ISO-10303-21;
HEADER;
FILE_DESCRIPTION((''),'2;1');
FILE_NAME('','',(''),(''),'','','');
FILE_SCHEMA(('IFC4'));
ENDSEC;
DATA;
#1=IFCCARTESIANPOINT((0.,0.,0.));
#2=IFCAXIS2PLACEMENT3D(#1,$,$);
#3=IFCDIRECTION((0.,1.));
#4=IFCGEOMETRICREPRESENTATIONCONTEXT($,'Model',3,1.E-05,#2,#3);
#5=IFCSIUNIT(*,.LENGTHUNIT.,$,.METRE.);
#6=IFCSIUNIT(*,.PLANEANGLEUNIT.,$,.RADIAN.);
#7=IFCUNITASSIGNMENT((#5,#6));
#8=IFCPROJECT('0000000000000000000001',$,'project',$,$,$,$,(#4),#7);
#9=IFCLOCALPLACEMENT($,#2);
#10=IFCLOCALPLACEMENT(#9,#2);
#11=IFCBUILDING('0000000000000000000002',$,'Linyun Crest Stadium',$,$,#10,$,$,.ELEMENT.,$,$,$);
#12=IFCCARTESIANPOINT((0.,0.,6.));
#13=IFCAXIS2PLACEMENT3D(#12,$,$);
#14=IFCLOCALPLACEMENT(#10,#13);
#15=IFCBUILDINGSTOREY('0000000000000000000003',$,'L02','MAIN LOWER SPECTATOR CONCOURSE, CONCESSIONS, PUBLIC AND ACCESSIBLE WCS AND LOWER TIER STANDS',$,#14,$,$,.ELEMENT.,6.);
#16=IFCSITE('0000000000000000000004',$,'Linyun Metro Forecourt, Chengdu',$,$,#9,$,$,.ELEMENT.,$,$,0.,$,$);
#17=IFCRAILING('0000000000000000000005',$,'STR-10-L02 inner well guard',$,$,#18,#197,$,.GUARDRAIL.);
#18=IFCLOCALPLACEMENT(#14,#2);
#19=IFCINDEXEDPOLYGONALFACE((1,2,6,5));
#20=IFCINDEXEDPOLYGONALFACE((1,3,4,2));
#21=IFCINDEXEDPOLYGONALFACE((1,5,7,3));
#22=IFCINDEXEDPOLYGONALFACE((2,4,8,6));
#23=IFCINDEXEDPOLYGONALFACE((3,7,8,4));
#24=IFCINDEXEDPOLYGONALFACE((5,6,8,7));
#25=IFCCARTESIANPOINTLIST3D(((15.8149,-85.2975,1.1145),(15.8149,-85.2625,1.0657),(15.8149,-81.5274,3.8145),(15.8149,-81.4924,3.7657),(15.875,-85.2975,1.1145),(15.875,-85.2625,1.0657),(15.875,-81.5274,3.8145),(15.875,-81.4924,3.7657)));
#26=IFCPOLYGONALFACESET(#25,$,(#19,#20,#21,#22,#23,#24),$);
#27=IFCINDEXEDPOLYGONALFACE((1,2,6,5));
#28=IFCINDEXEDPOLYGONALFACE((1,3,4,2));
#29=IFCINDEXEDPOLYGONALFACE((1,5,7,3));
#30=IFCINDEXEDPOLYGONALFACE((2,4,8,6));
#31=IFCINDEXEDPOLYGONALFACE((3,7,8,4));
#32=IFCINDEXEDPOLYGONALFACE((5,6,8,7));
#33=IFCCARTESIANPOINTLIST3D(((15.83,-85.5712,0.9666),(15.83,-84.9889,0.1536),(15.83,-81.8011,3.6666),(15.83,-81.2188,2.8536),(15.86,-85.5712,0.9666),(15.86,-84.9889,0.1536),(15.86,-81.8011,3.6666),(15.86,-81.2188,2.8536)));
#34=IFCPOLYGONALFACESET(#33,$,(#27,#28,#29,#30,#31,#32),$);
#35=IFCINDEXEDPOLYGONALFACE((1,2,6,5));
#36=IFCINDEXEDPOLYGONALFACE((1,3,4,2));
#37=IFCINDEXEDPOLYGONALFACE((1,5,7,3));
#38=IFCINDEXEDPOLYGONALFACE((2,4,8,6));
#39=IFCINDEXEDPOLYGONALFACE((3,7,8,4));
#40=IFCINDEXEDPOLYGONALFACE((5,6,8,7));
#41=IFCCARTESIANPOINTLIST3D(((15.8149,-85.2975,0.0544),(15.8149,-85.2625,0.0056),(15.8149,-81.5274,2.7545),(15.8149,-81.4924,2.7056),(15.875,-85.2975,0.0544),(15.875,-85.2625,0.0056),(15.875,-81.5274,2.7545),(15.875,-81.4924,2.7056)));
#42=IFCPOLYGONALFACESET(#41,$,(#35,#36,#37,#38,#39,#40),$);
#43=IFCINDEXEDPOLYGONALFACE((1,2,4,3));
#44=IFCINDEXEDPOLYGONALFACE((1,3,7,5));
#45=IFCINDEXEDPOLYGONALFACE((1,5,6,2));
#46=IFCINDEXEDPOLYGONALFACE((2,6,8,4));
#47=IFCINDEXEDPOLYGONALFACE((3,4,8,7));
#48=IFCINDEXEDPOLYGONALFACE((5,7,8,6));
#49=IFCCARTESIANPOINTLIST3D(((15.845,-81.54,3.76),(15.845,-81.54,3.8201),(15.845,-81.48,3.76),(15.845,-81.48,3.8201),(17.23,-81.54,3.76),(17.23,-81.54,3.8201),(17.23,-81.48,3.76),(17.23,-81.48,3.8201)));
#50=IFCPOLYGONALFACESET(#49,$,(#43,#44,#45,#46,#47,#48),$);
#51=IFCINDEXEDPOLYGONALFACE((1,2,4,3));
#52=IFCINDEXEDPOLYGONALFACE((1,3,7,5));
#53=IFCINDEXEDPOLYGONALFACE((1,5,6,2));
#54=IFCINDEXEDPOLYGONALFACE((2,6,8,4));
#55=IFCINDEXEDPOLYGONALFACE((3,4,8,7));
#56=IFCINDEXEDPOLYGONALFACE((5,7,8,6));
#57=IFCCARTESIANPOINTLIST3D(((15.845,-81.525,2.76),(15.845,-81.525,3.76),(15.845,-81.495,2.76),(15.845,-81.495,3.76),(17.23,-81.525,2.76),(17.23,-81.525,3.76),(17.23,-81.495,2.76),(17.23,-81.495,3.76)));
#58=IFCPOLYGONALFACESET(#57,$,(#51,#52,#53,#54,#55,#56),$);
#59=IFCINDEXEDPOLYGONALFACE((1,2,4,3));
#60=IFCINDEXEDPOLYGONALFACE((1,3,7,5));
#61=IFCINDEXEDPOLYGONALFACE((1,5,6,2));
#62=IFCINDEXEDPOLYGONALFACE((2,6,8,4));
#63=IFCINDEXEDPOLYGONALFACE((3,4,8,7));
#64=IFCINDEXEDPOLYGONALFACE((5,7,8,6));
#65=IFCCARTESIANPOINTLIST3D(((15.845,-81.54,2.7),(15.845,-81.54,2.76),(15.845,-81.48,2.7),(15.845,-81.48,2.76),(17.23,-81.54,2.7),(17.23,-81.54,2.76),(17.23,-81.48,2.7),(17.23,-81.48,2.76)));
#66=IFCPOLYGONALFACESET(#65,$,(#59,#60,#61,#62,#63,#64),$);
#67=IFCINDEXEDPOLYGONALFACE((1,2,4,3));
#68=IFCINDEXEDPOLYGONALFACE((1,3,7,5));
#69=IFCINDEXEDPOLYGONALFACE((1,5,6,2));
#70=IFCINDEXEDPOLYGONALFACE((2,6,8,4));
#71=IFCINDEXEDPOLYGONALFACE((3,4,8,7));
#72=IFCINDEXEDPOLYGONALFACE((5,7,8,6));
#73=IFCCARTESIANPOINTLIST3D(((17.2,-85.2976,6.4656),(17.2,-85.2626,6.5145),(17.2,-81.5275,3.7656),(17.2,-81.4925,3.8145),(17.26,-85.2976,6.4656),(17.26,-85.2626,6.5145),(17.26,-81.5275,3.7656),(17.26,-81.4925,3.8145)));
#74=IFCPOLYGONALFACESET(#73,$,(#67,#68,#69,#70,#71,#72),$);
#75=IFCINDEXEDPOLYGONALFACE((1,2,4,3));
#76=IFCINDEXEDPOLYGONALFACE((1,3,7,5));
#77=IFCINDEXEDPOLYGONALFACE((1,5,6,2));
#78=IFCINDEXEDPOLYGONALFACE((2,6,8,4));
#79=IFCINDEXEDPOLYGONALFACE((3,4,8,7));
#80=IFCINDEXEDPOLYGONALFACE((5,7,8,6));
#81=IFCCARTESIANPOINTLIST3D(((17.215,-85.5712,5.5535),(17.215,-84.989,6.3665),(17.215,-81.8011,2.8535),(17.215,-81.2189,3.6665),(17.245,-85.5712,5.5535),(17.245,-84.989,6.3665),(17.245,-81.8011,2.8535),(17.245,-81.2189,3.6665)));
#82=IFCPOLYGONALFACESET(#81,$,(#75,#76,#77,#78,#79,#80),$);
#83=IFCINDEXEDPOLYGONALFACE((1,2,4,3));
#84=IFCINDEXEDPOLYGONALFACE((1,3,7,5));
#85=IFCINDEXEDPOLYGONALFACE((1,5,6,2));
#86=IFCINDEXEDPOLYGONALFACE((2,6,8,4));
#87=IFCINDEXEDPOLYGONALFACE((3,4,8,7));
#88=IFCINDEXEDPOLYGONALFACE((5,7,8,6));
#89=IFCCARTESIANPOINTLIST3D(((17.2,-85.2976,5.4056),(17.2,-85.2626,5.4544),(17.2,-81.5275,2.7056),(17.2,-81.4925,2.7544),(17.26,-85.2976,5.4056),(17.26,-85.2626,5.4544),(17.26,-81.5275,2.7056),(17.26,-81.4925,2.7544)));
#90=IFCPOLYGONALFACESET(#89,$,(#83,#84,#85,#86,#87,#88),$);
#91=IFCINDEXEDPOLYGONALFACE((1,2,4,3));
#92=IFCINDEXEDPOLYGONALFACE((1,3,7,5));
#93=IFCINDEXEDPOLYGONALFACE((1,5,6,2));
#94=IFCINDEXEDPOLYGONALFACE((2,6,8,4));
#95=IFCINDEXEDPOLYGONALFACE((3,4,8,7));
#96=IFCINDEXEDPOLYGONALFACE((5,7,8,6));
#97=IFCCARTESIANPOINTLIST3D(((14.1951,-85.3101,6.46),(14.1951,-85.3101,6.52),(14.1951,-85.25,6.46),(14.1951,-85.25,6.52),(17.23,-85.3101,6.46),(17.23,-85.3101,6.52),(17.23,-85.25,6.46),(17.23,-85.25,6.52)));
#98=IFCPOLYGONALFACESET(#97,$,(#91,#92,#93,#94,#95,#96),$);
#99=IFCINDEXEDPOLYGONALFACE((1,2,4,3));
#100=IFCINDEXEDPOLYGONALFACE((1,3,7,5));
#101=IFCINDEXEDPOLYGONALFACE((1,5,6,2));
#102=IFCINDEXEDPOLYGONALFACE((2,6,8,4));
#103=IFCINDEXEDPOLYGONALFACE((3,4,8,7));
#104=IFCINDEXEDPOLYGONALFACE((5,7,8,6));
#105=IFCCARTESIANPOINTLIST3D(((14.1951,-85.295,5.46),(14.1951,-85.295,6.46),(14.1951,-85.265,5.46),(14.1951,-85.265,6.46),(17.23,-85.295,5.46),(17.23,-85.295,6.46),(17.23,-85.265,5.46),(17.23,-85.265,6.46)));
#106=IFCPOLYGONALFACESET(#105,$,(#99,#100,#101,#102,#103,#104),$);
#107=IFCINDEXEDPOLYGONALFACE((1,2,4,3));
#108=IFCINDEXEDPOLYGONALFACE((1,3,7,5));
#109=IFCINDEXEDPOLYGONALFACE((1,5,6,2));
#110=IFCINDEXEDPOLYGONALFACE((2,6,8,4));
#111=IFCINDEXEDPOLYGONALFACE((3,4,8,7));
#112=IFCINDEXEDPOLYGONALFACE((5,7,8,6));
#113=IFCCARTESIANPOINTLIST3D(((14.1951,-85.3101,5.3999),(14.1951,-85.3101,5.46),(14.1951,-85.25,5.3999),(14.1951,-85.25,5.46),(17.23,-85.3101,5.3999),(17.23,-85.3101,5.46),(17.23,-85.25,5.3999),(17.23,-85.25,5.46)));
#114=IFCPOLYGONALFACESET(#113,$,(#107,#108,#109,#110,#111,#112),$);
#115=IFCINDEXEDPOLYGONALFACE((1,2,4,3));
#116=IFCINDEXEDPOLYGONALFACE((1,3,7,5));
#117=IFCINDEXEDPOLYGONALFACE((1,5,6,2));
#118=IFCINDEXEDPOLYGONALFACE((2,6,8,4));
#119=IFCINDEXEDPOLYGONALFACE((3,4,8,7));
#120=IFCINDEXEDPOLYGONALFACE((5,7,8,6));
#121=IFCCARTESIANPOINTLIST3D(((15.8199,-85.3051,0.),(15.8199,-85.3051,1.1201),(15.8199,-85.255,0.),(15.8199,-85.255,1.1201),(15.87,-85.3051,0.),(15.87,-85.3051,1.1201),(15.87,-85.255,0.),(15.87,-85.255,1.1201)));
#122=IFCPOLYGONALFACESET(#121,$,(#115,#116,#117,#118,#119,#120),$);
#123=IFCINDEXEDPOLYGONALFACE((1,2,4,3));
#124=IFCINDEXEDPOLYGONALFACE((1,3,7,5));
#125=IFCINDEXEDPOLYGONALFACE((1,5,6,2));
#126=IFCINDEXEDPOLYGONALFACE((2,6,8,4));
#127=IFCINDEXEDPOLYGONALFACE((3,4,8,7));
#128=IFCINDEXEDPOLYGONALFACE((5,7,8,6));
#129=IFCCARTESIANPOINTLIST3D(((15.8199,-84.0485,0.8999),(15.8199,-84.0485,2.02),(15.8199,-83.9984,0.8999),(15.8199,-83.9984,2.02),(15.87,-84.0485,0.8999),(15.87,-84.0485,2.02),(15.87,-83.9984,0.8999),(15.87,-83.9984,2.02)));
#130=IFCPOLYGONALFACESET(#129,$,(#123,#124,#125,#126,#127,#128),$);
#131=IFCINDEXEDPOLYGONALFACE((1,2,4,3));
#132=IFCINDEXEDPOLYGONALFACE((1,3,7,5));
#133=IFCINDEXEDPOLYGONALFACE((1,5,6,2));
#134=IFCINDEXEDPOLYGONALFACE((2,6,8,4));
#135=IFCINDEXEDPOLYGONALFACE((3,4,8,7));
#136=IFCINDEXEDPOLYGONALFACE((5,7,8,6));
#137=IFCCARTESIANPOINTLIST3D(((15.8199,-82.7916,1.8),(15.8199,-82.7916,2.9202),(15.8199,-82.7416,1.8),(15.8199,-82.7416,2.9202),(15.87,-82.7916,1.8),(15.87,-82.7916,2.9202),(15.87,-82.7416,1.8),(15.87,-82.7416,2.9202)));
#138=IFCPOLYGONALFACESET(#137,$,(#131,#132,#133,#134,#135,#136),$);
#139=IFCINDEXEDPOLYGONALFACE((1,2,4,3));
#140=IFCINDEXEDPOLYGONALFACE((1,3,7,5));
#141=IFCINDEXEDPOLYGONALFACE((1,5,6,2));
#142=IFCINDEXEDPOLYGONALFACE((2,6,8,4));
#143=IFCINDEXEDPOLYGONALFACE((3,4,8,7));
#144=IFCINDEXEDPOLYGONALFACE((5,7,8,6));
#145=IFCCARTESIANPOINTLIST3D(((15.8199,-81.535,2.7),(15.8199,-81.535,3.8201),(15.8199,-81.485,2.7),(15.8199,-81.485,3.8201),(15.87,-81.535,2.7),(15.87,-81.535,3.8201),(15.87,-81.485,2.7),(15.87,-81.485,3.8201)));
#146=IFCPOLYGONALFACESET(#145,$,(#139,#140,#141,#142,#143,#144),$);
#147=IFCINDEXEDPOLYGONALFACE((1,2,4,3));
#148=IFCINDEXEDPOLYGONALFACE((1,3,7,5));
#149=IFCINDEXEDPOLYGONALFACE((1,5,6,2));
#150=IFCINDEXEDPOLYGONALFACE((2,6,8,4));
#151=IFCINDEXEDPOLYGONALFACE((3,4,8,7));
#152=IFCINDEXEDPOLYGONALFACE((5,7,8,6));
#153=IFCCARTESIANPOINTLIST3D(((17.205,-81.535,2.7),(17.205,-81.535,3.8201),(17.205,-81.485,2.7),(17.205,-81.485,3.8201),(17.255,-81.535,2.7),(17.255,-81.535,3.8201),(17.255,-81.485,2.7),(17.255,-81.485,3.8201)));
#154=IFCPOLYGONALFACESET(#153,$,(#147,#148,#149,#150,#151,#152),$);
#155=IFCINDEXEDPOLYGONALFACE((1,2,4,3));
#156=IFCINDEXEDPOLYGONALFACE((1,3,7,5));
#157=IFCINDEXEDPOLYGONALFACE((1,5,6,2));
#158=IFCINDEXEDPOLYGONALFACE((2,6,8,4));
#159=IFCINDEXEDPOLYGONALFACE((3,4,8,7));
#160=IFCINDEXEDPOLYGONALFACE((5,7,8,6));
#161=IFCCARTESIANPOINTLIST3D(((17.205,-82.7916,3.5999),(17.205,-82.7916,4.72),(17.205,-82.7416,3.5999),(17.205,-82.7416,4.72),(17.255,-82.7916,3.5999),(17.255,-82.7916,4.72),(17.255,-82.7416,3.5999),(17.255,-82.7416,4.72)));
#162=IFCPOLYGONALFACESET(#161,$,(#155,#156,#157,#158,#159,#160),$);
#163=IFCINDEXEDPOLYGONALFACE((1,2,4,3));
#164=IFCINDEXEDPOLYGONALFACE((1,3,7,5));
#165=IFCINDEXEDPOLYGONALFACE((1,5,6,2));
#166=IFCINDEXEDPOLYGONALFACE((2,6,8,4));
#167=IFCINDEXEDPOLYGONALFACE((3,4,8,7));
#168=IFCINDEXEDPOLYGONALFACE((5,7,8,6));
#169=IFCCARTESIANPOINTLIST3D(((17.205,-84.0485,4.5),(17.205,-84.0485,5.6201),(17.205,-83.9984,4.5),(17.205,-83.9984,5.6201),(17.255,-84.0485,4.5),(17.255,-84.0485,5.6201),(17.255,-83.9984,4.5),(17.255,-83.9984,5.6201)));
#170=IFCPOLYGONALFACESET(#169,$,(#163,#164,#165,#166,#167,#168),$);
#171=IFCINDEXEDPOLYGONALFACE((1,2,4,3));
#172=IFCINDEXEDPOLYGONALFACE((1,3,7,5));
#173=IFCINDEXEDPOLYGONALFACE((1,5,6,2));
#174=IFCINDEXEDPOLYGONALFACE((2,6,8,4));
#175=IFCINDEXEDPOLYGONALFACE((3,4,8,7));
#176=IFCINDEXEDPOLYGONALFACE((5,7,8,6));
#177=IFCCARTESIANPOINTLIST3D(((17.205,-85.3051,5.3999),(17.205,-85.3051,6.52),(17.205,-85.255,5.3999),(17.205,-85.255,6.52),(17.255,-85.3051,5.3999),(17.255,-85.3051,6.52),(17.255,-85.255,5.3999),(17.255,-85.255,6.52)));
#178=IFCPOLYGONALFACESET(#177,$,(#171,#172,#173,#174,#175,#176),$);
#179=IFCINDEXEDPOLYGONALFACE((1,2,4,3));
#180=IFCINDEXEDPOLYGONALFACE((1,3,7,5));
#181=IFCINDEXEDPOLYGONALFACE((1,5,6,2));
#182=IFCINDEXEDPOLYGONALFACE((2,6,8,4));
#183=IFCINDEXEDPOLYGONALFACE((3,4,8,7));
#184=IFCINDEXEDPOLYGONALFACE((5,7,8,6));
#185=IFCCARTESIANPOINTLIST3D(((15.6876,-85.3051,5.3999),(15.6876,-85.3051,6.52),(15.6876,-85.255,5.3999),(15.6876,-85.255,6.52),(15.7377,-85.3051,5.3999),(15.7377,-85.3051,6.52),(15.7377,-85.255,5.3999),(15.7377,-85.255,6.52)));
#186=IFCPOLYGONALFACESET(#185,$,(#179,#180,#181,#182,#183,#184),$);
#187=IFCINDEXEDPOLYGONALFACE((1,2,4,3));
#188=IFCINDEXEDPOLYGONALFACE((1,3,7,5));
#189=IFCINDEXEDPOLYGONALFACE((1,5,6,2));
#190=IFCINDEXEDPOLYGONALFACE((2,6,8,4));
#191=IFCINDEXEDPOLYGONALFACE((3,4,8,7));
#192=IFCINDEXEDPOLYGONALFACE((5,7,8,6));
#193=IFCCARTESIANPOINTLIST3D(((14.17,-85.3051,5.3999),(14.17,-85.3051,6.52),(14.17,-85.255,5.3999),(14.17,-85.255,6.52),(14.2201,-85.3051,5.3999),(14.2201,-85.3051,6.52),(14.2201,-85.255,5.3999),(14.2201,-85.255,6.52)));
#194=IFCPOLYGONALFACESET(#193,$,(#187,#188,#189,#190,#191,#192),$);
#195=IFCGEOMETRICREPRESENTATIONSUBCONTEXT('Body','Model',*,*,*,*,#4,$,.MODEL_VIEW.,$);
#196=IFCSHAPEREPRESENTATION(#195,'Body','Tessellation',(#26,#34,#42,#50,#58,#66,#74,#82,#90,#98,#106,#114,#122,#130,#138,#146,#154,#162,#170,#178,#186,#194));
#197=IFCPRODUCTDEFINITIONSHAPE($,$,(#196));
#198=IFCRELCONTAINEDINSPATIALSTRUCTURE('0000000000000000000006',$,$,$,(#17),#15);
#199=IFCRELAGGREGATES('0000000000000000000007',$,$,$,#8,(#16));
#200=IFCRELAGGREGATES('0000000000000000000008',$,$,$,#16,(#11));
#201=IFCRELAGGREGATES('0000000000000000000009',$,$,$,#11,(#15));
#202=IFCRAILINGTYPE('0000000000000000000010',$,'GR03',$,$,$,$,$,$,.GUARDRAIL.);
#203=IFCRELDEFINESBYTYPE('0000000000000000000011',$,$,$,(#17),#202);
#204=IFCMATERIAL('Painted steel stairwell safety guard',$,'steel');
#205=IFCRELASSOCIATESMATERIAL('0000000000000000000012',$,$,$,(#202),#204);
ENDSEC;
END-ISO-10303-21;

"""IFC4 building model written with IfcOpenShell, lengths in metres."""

from ifc_helpers import new_model, si_unit, direction, frame, origin, origin_2d, place, context, subcontext, project, spatial, rectangle, extrude, material, type_object, element, save


model = new_model("IFC4")

# Units and contexts
model_context = context("Model", 3, precision=1e-05, world=origin(), true_north=direction((0.0, 1.0)))
body_context = subcontext(model_context, "Body", "Model", "MODEL_VIEW")
ifc_project = project(units=[si_unit("LENGTHUNIT", "METRE"), si_unit("PLANEANGLEUNIT", "RADIAN")], contexts=[model_context])

# Site, building, storey
site_placement = place(None, origin())
site = spatial("IfcSite", under=ifc_project, at=site_placement, Name="Linyun Metro Forecourt, Chengdu", CompositionType="ELEMENT", RefElevation=0.0)
building_placement = place(site_placement, origin())
building = spatial("IfcBuilding", under=site, at=building_placement, Name="Linyun Crest Stadium", CompositionType="ELEMENT")
storey_placement = place(building_placement, frame((0.0, 0.0, 6.0)))
storey = spatial("IfcBuildingStorey", under=building, at=storey_placement, Name="L02", Description="MAIN LOWER SPECTATOR CONCOURSE, CONCESSIONS, PUBLIC AND ACCESSIBLE WCS AND LOWER TIER STANDS", CompositionType="ELEMENT", Elevation=6.0)

# Railing
ifc_material_1 = material(Name="Painted steel stairwell safety guard", Category="steel")
railing_type_1 = type_object("IfcRailingType", Name="GR03", PredefinedType="GUARDRAIL", material=ifc_material_1)
railing_1_placement = place(storey_placement, frame((15.845, -85.28, 0.0)))
element("IfcRailing", 1, at=railing_1_placement, inside=storey, type_object=railing_type_1, Name="STR-10-L02 inner well guard", PredefinedType="GUARDRAIL", context=body_context, shape_type="SweptSolid", body=[
    extrude(rectangle(XDim=0.0601, YDim=0.0601, at=origin_2d()), frame((0.0, 0.0, 1.0901), z_axis=(0.0, 0.813011, 0.582249), x_axis=(-1.0, 0.0, 0.0)), (0.0, 0.0, 1.0), 4.6372),
    extrude(rectangle(XDim=0.03, YDim=1.0, at=origin_2d()), frame((0.0, 0.0, 0.5601), z_axis=(0.0, 0.813011, 0.582249), x_axis=(-1.0, 0.0, 0.0)), (0.0, 0.0, 1.0), 4.6372),
    extrude(rectangle(XDim=0.0601, YDim=0.0601, at=origin_2d()), frame((0.0, 0.0, 0.03), z_axis=(0.0, 0.813011, 0.582249), x_axis=(-1.0, 0.0, 0.0)), (0.0, 0.0, 1.0), 4.6372),
    extrude(rectangle(XDim=0.0601, YDim=0.0601, at=origin_2d()), frame((0.0, 3.77, 3.79), z_axis=(1.0, 0.0, 0.0), x_axis=(0.0, 1.0, 0.0)), (0.0, 0.0, 1.0), 1.385),
    extrude(rectangle(XDim=0.03, YDim=1.0, at=origin_2d()), frame((0.0, 3.77, 3.26), z_axis=(1.0, 0.0, 0.0), x_axis=(0.0, 1.0, 0.0)), (0.0, 0.0, 1.0), 1.385),
    extrude(rectangle(XDim=0.0601, YDim=0.0601, at=origin_2d()), frame((0.0, 3.77, 2.73), z_axis=(1.0, 0.0, 0.0), x_axis=(0.0, 1.0, 0.0)), (0.0, 0.0, 1.0), 1.385),
    extrude(rectangle(XDim=0.0601, YDim=0.0601, at=origin_2d()), frame((1.385, 3.77, 3.79), z_axis=(0.0, -0.813011, 0.582249), x_axis=(1.0, 0.0, 0.0)), (0.0, 0.0, 1.0), 4.6372),
    extrude(rectangle(XDim=0.03, YDim=1.0, at=origin_2d()), frame((1.385, 3.77, 3.26), z_axis=(0.0, -0.813011, 0.582249), x_axis=(1.0, 0.0, 0.0)), (0.0, 0.0, 1.0), 4.6372),
    extrude(rectangle(XDim=0.0601, YDim=0.0601, at=origin_2d()), frame((1.385, 3.77, 2.73), z_axis=(0.0, -0.813011, 0.582249), x_axis=(1.0, 0.0, 0.0)), (0.0, 0.0, 1.0), 4.6372),
    extrude(rectangle(XDim=0.0601, YDim=0.0601, at=origin_2d()), frame((1.385, 0.0, 6.49), z_axis=(-1.0, 0.0, 0.0), x_axis=(0.0, -1.0, 0.0)), (0.0, 0.0, 1.0), 3.0349),
    extrude(rectangle(XDim=0.03, YDim=1.0, at=origin_2d()), frame((1.385, 0.0, 5.96), z_axis=(-1.0, 0.0, 0.0), x_axis=(0.0, -1.0, 0.0)), (0.0, 0.0, 1.0), 3.0349),
    extrude(rectangle(XDim=0.0601, YDim=0.0601, at=origin_2d()), frame((1.385, 0.0, 5.4299), z_axis=(-1.0, 0.0, 0.0), x_axis=(0.0, -1.0, 0.0)), (0.0, 0.0, 1.0), 3.0349),
    extrude(rectangle(XDim=0.05, YDim=0.05, at=origin_2d()), origin(), (0.0, 0.0, 1.0), 1.1201),
    extrude(rectangle(XDim=0.05, YDim=0.05, at=origin_2d()), frame((0.0, 1.2566, 0.8999)), (0.0, 0.0, 1.0), 1.1201),
    extrude(rectangle(XDim=0.05, YDim=0.05, at=origin_2d()), frame((0.0, 2.5134, 1.8)), (0.0, 0.0, 1.0), 1.1201),
    extrude(rectangle(XDim=0.05, YDim=0.05, at=origin_2d()), frame((0.0, 3.77, 2.7)), (0.0, 0.0, 1.0), 1.1201),
    extrude(rectangle(XDim=0.05, YDim=0.05, at=origin_2d()), frame((1.385, 3.77, 2.7)), (0.0, 0.0, 1.0), 1.1201),
    extrude(rectangle(XDim=0.05, YDim=0.05, at=origin_2d()), frame((1.385, 2.5134, 3.5999)), (0.0, 0.0, 1.0), 1.1201),
    extrude(rectangle(XDim=0.05, YDim=0.05, at=origin_2d()), frame((1.385, 1.2566, 4.5)), (0.0, 0.0, 1.0), 1.1201),
    extrude(rectangle(XDim=0.05, YDim=0.05, at=origin_2d()), frame((1.385, 0.0, 5.3999)), (0.0, 0.0, 1.0), 1.1201),
    extrude(rectangle(XDim=0.05, YDim=0.05, at=origin_2d()), frame((-0.1323, 0.0, 5.3999)), (0.0, 0.0, 1.0), 1.1201),
    extrude(rectangle(XDim=0.05, YDim=0.05, at=origin_2d()), frame((-1.6499, 0.0, 5.3999)), (0.0, 0.0, 1.0), 1.1201),
])

save(model, "model.ifc")
